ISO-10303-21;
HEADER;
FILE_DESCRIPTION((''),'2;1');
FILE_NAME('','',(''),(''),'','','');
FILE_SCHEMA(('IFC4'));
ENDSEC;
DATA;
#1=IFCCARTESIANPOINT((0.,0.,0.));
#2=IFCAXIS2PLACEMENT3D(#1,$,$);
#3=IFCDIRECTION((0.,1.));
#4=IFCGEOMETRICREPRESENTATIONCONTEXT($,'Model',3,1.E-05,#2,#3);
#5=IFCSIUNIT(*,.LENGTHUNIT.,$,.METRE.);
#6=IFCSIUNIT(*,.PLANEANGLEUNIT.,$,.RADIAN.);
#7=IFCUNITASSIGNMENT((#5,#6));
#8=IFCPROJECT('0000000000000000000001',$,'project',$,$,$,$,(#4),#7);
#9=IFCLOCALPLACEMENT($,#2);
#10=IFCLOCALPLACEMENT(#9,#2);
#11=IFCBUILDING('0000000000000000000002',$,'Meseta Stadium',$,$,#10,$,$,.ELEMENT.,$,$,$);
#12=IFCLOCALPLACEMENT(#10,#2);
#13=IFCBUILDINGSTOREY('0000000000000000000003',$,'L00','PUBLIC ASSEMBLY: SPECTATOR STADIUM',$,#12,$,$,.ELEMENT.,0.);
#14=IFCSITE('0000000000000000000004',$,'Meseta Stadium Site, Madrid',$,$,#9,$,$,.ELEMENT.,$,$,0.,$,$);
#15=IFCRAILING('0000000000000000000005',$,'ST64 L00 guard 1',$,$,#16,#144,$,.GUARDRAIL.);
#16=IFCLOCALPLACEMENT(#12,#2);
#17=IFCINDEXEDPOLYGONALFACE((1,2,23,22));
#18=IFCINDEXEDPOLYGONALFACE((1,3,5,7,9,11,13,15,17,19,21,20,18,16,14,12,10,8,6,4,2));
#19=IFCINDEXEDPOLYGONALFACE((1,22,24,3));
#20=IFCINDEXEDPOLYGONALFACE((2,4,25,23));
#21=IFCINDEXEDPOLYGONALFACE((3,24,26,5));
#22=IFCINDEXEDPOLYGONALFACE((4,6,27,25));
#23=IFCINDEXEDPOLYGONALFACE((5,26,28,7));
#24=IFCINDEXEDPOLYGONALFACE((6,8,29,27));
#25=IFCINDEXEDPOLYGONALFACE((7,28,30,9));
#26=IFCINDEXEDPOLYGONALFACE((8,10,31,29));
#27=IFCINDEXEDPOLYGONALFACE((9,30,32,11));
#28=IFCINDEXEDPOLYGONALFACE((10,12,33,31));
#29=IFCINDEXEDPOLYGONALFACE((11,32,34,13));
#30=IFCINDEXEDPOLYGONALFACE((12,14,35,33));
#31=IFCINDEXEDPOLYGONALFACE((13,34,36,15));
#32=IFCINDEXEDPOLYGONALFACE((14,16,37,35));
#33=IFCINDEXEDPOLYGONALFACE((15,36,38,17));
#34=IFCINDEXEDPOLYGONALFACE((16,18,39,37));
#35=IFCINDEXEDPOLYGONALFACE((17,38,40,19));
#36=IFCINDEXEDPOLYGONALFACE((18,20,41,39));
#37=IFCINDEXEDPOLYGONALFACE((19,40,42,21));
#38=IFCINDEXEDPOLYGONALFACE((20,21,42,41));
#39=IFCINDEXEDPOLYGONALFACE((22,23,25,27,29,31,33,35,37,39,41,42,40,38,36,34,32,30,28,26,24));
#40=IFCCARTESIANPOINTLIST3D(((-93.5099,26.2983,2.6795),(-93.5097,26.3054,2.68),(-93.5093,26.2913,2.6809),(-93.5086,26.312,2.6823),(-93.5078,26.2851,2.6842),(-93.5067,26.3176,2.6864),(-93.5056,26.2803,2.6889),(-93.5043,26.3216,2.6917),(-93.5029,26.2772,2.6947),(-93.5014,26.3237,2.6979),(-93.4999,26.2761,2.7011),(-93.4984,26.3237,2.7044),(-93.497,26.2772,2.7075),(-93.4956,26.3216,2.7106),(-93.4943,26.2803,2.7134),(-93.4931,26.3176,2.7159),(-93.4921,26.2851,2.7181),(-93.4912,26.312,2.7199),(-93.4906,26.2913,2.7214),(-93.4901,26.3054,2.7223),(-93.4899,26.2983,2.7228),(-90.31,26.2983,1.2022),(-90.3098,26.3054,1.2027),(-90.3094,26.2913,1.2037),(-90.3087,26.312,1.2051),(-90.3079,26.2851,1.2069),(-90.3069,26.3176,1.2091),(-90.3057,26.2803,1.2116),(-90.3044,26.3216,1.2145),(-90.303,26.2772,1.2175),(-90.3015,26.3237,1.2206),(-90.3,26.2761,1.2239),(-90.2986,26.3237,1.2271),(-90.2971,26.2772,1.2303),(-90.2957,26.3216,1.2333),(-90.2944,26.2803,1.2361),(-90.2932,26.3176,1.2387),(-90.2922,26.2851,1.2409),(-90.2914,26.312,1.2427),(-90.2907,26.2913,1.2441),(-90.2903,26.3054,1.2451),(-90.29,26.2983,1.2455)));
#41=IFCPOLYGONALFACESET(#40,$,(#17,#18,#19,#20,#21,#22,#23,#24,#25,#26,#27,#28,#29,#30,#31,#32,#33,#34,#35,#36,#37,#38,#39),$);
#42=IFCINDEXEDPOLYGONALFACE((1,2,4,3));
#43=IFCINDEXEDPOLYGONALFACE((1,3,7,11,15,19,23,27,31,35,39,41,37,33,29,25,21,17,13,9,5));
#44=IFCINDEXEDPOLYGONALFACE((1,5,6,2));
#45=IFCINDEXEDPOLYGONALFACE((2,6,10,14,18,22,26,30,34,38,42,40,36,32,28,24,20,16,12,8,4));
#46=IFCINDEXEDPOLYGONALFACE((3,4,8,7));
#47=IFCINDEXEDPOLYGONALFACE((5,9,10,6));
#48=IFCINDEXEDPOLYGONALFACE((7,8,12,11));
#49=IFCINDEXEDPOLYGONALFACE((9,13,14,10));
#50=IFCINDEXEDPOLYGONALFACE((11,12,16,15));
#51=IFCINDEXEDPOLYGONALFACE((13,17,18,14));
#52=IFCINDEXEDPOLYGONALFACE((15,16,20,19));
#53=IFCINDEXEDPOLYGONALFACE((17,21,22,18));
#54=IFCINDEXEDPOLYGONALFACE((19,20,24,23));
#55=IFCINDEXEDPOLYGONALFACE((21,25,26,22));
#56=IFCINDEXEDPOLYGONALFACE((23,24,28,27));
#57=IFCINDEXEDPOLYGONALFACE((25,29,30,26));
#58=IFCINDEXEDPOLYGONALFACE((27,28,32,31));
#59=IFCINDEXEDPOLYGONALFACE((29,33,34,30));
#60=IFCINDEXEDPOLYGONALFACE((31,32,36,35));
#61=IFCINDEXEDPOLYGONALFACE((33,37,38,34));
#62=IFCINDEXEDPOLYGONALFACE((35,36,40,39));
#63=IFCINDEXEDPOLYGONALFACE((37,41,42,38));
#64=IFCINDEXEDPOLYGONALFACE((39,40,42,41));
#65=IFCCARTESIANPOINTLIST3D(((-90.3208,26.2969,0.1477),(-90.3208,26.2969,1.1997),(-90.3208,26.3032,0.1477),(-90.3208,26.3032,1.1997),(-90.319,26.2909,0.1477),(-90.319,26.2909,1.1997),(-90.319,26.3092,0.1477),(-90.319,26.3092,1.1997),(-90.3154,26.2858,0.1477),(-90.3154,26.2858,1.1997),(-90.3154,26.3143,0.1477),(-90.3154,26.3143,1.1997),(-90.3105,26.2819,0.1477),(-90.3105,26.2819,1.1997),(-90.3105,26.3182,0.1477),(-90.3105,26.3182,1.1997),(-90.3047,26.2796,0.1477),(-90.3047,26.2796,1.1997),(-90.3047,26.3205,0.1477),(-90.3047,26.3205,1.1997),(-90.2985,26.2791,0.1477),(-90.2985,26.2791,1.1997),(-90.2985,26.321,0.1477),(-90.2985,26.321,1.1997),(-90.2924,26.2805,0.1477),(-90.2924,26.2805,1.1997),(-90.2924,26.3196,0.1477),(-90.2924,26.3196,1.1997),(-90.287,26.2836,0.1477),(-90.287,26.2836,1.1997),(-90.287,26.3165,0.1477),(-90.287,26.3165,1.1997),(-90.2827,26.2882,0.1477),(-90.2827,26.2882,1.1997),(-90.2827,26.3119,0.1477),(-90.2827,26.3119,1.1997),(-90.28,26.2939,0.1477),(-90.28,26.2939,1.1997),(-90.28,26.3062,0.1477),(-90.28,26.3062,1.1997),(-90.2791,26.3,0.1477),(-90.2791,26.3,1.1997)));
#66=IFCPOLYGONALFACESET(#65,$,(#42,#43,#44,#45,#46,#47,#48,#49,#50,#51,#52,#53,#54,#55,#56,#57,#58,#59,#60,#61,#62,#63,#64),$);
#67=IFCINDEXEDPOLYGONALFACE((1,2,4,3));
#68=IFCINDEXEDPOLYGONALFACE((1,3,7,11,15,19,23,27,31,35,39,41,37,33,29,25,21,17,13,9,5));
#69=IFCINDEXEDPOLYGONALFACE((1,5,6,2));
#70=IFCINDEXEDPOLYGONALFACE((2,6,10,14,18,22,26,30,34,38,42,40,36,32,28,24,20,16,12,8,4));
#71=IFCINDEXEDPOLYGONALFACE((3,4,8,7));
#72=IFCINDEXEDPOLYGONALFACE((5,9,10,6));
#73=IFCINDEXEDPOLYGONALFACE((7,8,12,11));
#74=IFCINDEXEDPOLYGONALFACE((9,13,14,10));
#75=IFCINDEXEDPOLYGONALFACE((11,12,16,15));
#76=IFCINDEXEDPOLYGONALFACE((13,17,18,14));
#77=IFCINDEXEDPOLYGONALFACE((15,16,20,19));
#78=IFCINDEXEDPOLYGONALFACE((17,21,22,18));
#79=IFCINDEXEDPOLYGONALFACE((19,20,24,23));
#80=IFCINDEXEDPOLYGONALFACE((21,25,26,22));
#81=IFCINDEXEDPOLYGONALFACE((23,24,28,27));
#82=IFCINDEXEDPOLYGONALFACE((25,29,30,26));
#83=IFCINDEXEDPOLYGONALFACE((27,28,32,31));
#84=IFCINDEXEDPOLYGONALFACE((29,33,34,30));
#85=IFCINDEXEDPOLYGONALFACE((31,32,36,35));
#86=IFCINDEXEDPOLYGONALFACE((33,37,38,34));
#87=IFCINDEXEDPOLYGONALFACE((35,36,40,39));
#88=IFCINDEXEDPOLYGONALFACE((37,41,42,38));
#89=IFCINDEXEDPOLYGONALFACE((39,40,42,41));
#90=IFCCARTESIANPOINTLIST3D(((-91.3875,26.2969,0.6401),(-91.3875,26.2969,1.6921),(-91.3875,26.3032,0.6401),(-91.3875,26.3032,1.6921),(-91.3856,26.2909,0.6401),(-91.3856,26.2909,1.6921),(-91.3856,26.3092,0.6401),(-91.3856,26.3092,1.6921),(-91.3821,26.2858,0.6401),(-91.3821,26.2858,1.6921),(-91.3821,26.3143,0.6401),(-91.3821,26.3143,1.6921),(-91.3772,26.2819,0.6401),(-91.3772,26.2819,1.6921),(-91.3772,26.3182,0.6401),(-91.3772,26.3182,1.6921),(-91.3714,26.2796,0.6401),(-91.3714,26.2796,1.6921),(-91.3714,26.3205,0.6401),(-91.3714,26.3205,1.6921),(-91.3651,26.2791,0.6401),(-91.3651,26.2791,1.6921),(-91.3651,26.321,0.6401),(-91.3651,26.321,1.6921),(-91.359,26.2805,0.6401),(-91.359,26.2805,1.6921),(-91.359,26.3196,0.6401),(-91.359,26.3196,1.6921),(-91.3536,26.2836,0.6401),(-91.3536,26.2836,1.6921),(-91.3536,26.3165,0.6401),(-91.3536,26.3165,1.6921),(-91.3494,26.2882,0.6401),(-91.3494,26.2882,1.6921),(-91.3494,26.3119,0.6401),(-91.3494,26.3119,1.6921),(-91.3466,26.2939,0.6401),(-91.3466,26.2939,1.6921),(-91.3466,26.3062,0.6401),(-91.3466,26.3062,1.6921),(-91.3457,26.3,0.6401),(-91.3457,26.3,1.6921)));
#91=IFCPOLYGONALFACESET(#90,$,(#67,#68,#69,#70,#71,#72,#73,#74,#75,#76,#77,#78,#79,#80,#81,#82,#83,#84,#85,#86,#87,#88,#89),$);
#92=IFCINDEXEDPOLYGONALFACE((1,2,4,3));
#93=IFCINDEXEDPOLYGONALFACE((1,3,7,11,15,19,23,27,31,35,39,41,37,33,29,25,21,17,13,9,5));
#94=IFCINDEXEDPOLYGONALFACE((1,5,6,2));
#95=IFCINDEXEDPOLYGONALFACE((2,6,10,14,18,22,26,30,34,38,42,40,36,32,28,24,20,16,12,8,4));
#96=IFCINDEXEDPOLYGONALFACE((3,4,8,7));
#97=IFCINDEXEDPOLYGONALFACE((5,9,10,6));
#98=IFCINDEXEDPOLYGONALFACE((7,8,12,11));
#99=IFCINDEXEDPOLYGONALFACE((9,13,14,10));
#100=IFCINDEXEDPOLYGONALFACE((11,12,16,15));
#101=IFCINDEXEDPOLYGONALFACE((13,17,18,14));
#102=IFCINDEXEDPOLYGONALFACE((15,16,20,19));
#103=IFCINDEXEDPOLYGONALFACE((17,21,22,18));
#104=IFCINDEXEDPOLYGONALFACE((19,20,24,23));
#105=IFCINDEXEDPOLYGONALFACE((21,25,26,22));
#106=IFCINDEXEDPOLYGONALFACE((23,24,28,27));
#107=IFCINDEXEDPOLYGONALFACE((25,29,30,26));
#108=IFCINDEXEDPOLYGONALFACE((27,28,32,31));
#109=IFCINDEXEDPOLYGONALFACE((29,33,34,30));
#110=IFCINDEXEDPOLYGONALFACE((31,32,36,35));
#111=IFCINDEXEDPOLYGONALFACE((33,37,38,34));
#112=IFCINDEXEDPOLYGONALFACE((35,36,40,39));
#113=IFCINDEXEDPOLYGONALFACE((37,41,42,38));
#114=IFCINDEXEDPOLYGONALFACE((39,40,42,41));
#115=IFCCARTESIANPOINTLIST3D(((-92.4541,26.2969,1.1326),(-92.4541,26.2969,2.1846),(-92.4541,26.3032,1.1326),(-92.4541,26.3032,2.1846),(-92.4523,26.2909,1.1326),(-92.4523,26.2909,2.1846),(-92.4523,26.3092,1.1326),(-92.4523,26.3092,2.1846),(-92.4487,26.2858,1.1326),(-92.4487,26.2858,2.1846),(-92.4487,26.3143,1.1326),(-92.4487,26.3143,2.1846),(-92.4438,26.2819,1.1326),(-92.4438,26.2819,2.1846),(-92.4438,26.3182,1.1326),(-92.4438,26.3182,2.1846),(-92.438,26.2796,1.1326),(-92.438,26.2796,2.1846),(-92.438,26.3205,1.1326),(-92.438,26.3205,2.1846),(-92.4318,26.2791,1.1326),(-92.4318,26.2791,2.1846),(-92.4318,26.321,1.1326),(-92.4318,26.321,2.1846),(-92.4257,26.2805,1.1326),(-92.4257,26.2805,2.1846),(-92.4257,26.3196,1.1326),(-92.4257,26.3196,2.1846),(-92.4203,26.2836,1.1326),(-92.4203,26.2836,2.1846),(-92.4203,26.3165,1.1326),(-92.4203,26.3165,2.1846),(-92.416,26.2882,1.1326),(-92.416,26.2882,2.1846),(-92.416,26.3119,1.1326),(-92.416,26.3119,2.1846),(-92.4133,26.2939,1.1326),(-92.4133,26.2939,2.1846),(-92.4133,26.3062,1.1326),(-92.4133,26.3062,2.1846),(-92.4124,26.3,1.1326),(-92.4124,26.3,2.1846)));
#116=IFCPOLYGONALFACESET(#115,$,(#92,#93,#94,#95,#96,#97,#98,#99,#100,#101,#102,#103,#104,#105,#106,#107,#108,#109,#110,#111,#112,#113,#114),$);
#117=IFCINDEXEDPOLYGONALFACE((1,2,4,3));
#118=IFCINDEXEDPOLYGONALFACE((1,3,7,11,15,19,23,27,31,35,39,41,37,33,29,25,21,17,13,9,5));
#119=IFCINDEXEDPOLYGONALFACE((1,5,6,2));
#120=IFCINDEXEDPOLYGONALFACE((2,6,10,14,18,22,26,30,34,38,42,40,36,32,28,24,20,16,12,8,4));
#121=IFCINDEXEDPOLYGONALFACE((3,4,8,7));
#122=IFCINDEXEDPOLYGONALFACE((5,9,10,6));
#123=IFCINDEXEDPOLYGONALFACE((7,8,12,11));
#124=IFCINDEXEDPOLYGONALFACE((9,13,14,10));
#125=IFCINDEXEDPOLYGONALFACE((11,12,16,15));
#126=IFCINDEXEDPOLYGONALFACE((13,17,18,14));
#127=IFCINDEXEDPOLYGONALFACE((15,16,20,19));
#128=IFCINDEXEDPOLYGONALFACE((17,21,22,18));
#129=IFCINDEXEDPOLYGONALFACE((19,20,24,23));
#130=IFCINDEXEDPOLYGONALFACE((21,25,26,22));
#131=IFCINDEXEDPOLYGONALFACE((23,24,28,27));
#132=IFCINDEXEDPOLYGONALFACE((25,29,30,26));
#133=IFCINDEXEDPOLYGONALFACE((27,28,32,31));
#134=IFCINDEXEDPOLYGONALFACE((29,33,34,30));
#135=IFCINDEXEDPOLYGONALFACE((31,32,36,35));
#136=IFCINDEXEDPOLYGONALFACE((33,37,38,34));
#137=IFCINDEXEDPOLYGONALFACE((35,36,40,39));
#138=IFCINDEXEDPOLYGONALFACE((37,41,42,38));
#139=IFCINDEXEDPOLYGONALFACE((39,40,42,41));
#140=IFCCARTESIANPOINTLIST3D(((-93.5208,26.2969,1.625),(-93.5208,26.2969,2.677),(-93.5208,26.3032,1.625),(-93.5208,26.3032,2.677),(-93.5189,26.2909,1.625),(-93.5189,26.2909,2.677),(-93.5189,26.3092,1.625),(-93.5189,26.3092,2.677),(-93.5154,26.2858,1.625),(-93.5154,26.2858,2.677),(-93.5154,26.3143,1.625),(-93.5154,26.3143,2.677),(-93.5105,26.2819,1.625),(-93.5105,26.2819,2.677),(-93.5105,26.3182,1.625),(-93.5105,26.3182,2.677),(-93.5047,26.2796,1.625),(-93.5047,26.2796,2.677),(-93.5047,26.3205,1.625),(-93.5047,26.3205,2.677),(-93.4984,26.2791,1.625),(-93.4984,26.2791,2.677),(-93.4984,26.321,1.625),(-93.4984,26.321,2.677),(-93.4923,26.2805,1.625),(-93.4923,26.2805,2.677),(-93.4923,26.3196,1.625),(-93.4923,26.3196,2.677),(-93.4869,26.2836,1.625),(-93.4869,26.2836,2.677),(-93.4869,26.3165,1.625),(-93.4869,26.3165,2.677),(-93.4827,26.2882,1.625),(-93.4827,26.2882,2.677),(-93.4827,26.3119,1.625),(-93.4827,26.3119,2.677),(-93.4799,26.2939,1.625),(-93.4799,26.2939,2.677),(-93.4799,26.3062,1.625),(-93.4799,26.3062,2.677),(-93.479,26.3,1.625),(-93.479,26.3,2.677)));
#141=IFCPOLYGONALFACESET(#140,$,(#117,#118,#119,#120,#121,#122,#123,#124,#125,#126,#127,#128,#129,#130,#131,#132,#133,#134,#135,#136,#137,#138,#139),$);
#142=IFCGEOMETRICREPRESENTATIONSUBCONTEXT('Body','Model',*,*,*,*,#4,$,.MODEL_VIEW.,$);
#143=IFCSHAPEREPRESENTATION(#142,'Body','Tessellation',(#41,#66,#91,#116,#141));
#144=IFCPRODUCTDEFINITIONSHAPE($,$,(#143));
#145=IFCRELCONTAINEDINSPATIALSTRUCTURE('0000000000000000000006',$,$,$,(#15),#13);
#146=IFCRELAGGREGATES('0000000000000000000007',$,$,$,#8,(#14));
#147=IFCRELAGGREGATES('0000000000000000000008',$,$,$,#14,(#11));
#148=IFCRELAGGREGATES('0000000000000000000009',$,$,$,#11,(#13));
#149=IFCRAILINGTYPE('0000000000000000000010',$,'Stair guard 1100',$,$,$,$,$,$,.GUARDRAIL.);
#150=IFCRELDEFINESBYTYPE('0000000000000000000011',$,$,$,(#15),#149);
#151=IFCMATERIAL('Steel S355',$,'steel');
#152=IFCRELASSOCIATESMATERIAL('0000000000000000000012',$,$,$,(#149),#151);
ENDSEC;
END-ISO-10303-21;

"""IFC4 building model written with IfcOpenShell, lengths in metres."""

from ifc_helpers import new_model, si_unit, direction, frame, origin, origin_2d, place, context, subcontext, project, spatial, circle, extrude, material, type_object, element, save


model = new_model("IFC4")

# Units and contexts
model_context = context("Model", 3, precision=1e-05, world=origin(), true_north=direction((0.0, 1.0)))
body_context = subcontext(model_context, "Body", "Model", "MODEL_VIEW")
ifc_project = project(units=[si_unit("LENGTHUNIT", "METRE"), si_unit("PLANEANGLEUNIT", "RADIAN")], contexts=[model_context])

# Site, building, storey
site_placement = place(None, origin())
site = spatial("IfcSite", under=ifc_project, at=site_placement, Name="Meseta Stadium Site, Madrid", CompositionType="ELEMENT", RefElevation=0.0)
building_placement = place(site_placement, origin())
building = spatial("IfcBuilding", under=site, at=building_placement, Name="Meseta Stadium", CompositionType="ELEMENT")
storey_placement = place(building_placement, origin())
storey = spatial("IfcBuildingStorey", under=building, at=storey_placement, Name="L00", Description="PUBLIC ASSEMBLY: SPECTATOR STADIUM", CompositionType="ELEMENT", Elevation=0.0)

# Railing
ifc_material_1 = material(Name="Steel S355", Category="steel")
railing_type_1 = type_object("IfcRailingType", Name="Stair guard 1100", PredefinedType="GUARDRAIL", material=ifc_material_1)
railing_1_placement = place(storey_placement, frame((-90.3, 26.3, 0.1477)))
element("IfcRailing", 1, at=railing_1_placement, inside=storey, type_object=railing_type_1, Name="ST64 L00 guard 1", PredefinedType="GUARDRAIL", context=body_context, shape_type="SweptSolid", body=[
    extrude(circle(Radius=0.0239, at=origin_2d()), frame((0.0, 0.0, 1.0762), z_axis=(-0.907917, 0.0, 0.41915), x_axis=(0.0, -1.0, 0.0)), (0.0, 0.0, 1.0), 3.5244),
    extrude(circle(Radius=0.021, at=origin_2d()), origin(), (0.0, 0.0, 1.0), 1.052),
    extrude(circle(Radius=0.021, at=origin_2d()), frame((-1.0667, 0.0, 0.4924)), (0.0, 0.0, 1.0), 1.052),
    extrude(circle(Radius=0.021, at=origin_2d()), frame((-2.1333, 0.0, 0.9849)), (0.0, 0.0, 1.0), 1.052),
    extrude(circle(Radius=0.021, at=origin_2d()), frame((-3.2, 0.0, 1.4773)), (0.0, 0.0, 1.0), 1.052),
])

save(model, "model.ifc")
